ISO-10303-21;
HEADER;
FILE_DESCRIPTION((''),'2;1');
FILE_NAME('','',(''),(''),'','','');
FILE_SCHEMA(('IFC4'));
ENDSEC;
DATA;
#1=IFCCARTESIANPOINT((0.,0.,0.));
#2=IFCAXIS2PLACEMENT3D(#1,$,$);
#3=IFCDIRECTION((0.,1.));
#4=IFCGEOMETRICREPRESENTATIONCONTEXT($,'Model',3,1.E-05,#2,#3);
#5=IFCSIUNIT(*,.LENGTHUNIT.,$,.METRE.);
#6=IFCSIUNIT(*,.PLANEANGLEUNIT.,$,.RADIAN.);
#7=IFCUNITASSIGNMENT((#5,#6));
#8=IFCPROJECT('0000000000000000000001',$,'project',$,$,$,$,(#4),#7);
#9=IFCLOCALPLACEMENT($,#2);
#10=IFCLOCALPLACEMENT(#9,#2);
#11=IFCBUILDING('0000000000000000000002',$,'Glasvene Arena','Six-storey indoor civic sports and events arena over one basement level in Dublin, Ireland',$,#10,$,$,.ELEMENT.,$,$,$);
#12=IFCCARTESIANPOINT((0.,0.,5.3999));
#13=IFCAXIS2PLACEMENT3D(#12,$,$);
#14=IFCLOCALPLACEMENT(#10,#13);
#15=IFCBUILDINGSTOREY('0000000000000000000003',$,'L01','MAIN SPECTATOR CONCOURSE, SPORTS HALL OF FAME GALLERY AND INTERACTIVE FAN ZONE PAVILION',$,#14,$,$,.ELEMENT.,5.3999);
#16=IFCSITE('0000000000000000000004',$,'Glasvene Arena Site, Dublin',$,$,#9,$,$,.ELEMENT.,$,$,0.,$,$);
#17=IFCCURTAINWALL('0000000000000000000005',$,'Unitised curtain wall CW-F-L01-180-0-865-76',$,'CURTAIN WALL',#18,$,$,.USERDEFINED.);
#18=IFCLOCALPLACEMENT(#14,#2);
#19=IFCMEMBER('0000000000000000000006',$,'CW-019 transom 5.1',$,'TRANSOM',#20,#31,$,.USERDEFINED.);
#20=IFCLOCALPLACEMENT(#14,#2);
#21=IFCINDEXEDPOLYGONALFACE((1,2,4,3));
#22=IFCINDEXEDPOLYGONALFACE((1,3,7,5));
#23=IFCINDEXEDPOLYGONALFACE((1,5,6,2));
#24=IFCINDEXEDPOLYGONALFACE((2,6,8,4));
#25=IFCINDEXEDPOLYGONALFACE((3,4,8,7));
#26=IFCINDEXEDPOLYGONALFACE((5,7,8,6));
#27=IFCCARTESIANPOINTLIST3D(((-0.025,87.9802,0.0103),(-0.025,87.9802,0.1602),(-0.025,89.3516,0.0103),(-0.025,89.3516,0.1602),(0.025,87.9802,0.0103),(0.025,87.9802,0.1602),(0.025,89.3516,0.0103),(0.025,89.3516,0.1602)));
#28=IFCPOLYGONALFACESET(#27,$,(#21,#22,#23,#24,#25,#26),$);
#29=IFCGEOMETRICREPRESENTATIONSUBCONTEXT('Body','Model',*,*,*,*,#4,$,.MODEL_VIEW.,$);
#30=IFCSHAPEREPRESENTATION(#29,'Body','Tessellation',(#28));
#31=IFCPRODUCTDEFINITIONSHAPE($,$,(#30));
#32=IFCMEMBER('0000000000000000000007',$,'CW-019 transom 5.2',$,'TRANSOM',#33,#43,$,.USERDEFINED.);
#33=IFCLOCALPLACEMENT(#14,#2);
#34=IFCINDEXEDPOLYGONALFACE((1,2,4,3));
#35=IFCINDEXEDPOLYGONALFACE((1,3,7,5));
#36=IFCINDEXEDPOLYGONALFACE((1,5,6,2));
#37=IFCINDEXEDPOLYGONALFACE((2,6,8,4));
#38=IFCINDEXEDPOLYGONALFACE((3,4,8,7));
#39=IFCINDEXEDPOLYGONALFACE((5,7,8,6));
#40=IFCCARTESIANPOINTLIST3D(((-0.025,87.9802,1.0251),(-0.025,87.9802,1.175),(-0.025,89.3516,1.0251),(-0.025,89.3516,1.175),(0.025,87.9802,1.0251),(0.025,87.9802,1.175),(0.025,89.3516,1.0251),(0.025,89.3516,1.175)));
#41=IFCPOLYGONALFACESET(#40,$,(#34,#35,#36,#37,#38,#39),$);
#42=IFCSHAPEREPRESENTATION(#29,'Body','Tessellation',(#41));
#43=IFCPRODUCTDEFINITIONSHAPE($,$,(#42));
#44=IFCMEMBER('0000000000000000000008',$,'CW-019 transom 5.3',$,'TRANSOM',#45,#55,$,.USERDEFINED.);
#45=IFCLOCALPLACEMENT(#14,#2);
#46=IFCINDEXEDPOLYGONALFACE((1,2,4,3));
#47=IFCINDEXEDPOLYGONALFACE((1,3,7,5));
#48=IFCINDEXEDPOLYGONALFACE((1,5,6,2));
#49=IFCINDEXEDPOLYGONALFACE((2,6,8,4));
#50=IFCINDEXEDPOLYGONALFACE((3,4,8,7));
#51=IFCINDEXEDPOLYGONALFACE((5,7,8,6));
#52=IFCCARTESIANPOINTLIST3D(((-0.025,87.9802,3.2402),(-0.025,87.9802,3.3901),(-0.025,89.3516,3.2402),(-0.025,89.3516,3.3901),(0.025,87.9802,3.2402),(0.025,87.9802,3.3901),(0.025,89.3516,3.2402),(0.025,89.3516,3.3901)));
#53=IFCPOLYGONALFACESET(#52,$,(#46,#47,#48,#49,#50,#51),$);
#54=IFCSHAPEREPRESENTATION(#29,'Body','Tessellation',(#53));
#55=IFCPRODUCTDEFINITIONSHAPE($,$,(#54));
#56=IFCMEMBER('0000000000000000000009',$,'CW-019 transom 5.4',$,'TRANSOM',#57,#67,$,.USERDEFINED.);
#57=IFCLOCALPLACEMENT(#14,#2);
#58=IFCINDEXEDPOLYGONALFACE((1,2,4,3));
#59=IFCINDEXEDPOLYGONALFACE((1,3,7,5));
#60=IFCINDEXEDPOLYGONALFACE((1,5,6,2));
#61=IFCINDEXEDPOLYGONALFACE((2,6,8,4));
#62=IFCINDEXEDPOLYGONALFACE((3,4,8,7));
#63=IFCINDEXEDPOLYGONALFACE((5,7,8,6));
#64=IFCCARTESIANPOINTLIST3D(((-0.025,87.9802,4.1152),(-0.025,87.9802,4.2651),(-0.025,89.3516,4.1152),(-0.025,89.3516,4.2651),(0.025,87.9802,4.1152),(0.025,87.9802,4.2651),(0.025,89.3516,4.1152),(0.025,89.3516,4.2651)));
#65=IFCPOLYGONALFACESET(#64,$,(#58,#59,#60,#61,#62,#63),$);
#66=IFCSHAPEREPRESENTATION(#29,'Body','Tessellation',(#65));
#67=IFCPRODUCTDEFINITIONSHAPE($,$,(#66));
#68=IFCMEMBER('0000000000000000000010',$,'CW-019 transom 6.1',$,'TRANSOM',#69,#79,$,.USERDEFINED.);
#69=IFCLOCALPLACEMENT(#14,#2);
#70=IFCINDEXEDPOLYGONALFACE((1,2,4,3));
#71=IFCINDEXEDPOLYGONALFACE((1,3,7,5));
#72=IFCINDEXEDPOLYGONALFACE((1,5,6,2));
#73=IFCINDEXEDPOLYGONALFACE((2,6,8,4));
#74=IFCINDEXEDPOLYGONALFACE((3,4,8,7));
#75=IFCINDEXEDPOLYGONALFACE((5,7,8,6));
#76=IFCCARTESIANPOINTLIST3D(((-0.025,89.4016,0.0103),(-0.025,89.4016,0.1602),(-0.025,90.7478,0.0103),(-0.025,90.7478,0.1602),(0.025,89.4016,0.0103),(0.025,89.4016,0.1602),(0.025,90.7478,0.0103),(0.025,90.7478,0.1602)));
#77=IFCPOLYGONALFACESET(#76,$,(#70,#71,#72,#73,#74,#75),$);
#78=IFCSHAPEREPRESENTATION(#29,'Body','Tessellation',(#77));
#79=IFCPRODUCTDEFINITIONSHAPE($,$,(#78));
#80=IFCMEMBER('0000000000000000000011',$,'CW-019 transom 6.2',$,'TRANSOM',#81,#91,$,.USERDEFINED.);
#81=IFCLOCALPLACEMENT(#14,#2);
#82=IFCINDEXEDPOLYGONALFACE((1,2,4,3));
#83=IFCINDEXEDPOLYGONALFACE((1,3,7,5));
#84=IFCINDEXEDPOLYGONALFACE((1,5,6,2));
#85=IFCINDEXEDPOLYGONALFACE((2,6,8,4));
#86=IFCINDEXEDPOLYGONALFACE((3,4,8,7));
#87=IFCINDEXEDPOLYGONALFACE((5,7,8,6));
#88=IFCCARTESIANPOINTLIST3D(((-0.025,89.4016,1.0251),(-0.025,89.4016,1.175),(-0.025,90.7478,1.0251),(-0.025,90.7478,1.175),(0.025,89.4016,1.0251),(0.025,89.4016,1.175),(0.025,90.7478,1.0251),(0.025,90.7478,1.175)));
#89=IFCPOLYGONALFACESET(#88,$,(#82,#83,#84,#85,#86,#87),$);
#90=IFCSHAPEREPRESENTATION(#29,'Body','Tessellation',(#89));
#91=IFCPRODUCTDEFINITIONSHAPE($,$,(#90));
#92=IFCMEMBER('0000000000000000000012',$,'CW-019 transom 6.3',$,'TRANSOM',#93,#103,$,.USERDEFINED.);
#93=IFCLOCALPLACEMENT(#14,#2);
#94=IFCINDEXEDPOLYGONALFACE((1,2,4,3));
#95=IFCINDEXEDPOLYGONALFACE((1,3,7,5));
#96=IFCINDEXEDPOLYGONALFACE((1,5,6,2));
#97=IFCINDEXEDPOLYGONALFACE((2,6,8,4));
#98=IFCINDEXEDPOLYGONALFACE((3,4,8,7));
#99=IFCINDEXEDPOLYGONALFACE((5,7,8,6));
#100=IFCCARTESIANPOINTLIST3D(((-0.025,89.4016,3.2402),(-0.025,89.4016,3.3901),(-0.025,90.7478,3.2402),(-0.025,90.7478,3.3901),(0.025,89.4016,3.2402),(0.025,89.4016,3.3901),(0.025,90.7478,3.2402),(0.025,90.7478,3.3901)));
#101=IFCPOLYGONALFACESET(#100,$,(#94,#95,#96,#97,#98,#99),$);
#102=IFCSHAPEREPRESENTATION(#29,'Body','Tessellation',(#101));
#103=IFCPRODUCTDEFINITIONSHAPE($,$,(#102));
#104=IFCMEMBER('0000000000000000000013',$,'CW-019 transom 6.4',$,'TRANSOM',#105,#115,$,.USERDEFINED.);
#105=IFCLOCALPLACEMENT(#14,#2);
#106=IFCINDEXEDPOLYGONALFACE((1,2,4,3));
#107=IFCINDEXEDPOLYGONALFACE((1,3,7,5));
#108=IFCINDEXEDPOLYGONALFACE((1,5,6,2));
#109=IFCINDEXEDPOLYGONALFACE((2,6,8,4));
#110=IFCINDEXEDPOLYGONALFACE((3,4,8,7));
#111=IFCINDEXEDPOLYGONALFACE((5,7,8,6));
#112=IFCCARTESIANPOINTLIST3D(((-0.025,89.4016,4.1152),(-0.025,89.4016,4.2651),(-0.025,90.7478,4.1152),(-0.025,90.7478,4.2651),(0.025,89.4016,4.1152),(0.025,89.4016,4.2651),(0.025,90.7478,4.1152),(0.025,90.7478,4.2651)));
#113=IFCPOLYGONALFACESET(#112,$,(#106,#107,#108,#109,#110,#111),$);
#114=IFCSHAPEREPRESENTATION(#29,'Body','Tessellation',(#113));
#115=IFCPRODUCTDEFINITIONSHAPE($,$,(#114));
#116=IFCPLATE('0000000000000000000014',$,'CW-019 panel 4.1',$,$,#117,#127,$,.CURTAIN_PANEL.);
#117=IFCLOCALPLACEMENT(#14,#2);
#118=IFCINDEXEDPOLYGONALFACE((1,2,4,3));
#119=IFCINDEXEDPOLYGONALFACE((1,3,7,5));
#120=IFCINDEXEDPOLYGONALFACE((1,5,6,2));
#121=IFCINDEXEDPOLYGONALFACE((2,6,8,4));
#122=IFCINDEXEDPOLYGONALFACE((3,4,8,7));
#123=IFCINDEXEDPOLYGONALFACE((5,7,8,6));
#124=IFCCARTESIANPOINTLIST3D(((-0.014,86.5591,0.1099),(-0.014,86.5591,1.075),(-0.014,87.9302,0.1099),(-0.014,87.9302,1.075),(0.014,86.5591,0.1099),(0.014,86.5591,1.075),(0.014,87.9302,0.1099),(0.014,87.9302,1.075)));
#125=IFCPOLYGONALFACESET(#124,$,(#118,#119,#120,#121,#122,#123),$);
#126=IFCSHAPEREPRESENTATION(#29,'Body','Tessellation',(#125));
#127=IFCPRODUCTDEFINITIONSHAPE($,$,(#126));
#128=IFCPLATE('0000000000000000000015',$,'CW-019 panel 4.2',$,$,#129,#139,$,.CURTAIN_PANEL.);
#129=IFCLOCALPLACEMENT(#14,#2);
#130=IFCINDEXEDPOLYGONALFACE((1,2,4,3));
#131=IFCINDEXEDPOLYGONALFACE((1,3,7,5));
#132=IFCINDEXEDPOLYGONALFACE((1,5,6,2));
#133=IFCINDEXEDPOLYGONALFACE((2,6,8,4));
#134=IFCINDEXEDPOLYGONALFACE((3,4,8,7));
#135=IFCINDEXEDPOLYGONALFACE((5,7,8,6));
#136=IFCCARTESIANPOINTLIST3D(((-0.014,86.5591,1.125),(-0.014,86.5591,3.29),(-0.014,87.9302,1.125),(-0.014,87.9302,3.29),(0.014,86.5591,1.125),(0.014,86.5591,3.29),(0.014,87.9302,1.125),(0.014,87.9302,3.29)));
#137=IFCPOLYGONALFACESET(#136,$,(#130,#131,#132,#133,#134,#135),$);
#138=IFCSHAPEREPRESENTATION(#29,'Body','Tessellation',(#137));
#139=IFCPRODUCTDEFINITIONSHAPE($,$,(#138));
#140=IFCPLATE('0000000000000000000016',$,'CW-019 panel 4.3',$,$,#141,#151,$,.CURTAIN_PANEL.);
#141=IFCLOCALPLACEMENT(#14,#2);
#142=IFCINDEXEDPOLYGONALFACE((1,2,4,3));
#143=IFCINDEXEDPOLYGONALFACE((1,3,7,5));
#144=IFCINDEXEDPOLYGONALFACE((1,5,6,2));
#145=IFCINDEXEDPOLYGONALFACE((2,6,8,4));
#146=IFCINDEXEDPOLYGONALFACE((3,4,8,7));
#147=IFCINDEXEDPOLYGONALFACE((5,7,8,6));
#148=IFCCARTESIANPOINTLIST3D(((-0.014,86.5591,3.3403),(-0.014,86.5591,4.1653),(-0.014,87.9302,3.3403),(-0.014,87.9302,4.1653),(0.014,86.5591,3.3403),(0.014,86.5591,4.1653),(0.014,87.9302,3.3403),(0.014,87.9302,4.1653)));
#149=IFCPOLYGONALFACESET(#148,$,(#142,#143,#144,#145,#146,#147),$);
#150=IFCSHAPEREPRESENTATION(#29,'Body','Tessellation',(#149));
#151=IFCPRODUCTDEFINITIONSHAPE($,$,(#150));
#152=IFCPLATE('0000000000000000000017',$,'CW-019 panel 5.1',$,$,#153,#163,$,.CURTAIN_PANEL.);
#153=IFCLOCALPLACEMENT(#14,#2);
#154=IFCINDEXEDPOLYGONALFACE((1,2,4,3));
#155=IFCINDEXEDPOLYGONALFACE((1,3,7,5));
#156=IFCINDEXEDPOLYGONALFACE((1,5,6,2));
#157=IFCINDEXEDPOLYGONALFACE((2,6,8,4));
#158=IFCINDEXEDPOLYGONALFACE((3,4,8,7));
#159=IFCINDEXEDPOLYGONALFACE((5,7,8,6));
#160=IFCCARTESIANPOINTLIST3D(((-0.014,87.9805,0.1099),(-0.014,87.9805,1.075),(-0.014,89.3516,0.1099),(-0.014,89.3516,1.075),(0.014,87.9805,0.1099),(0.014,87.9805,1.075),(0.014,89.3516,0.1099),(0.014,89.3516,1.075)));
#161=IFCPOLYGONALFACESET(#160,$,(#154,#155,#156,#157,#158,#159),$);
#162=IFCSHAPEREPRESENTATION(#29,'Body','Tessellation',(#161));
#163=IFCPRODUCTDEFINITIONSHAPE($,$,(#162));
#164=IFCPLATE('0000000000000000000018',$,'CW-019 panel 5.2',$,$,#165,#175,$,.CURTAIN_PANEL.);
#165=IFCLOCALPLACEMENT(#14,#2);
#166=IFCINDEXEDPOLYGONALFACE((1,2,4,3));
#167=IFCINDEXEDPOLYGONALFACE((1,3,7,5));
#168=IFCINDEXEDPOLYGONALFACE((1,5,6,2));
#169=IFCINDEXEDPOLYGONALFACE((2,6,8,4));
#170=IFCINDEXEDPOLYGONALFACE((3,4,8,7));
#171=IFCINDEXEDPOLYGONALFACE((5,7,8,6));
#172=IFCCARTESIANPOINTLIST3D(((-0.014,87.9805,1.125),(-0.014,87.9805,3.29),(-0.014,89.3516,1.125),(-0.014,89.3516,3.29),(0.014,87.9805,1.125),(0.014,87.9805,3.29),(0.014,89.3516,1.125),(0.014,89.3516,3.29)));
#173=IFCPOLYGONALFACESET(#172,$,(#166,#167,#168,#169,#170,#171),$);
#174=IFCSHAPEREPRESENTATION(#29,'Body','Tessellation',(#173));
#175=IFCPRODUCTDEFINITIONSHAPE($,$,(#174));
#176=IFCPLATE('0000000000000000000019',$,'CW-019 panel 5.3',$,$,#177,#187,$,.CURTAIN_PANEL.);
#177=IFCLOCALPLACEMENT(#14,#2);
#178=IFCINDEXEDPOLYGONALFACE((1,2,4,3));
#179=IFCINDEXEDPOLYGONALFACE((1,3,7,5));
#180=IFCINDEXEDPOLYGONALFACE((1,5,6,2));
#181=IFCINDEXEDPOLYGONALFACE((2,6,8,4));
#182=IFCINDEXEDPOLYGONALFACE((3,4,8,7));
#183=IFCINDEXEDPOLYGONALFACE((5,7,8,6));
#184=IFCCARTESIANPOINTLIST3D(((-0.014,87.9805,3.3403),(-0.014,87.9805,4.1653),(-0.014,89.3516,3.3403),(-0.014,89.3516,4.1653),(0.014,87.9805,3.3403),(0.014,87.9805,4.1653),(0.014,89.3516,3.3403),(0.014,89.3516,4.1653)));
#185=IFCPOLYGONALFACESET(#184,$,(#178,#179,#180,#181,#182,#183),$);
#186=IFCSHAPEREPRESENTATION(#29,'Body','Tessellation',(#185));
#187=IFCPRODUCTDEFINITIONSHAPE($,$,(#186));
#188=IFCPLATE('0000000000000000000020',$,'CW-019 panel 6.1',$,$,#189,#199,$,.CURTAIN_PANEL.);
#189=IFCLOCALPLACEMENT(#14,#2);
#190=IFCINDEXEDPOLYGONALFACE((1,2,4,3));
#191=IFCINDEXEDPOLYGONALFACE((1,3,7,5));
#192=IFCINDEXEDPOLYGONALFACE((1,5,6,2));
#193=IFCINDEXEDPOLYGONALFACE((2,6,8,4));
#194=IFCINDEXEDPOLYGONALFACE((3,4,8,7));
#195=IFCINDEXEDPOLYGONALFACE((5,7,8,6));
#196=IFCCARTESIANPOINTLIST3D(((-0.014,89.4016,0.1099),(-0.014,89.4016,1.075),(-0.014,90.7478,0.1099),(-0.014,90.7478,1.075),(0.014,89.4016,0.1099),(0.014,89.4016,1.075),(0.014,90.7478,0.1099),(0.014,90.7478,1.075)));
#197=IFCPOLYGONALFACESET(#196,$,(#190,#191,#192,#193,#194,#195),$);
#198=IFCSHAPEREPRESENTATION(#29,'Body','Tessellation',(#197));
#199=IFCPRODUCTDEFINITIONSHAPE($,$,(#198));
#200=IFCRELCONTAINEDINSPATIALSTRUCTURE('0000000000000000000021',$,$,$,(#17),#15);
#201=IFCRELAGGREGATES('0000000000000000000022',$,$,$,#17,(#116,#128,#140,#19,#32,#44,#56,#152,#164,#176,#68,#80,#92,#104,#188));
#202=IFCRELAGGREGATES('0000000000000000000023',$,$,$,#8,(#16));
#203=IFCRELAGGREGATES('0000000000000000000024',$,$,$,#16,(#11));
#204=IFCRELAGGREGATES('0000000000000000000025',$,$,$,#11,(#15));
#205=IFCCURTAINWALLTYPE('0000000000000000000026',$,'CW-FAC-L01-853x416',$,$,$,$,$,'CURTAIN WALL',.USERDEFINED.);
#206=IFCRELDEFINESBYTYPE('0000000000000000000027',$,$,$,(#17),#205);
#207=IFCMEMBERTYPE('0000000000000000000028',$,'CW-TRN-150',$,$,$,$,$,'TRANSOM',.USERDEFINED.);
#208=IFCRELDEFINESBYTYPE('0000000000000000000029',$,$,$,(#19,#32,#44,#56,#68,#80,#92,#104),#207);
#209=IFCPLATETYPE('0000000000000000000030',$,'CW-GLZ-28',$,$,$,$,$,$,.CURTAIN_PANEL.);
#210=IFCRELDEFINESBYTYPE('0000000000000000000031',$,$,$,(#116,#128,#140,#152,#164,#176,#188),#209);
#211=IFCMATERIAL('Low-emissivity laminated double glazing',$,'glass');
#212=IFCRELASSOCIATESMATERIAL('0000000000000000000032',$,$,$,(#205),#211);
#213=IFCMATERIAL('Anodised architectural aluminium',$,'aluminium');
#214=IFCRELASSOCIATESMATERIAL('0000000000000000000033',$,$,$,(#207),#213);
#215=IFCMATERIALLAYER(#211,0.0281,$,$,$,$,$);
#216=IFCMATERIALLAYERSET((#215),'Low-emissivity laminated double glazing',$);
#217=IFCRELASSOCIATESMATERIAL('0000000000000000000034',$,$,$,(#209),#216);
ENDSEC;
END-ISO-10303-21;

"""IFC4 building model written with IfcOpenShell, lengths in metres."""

from ifc_helpers import new_model, si_unit, direction, frame, origin, origin_2d, place, context, subcontext, project, spatial, rectangle, extrude, material, layer, layer_set, material_profile, profile_set, type_object, element, aggregate, save


model = new_model("IFC4")

# Units and contexts
model_context = context("Model", 3, precision=1e-05, world=origin(), true_north=direction((0.0, 1.0)))
body_context = subcontext(model_context, "Body", "Model", "MODEL_VIEW")
ifc_project = project(units=[si_unit("LENGTHUNIT", "METRE"), si_unit("PLANEANGLEUNIT", "RADIAN")], contexts=[model_context])

# Site, building, storey
site_placement = place(None, origin())
site = spatial("IfcSite", under=ifc_project, at=site_placement, Name="Glasvene Arena Site, Dublin", CompositionType="ELEMENT", RefElevation=0.0)
building_placement = place(site_placement, origin())
building = spatial("IfcBuilding", under=site, at=building_placement, Name="Glasvene Arena", Description="Six-storey indoor civic sports and events arena over one basement level in Dublin, Ireland", CompositionType="ELEMENT")
storey_placement = place(building_placement, frame((0.0, 0.0, 5.3999)))
storey = spatial("IfcBuildingStorey", under=building, at=storey_placement, Name="L01", Description="MAIN SPECTATOR CONCOURSE, SPORTS HALL OF FAME GALLERY AND INTERACTIVE FAN ZONE PAVILION", CompositionType="ELEMENT", Elevation=5.3999)

# Curtain wall, members, plates
ifc_material_1 = material(Name="Low-emissivity laminated double glazing", Category="glass")
curtain_wall_type = type_object("IfcCurtainWallType", Name="CW-FAC-L01-853x416", ElementType="CURTAIN WALL", PredefinedType="USERDEFINED", material=ifc_material_1)
curtain_wall_placement = place(storey_placement, frame((0.0, 82.2705, 0.0)))
curtain_wall = element("IfcCurtainWall", 1, at=curtain_wall_placement, inside=storey, type_object=curtain_wall_type, Name="Unitised curtain wall CW-F-L01-180-0-865-76", ObjectType="CURTAIN WALL", PredefinedType="USERDEFINED")
ifc_material_2 = material(Name="Anodised architectural aluminium", Category="aluminium")
ifc_material_profile_1 = material_profile(ifc_material_2, rectangle(XDim=0.05, YDim=0.1499, at=origin_2d()), Name="ALU TRANSOM 50x150")
ifc_profile_set_1 = profile_set([ifc_material_profile_1], Name="Anodised architectural aluminium")
member_type_1 = type_object("IfcMemberType", Name="CW-TRN-150", ElementType="TRANSOM", PredefinedType="USERDEFINED", material=ifc_profile_set_1)
member_1_placement = place(storey_placement, frame((0.0, 87.9802, 0.0852), z_axis=(0.0, 1.0, 0.0), x_axis=(-1.0, 0.0, 0.0)))
member_1 = element("IfcMember", 2, at=member_1_placement, type_object=member_type_1, Name="CW-019 transom 5.1", ObjectType="TRANSOM", PredefinedType="USERDEFINED", context=body_context, shape_type="SweptSolid", body=[
    extrude(rectangle(XDim=0.05, YDim=0.1499, at=origin_2d()), origin(), (0.0, 0.0, 1.0), 1.3713),
])
member_2_placement = place(storey_placement, frame((0.0, 87.9802, 1.1001), z_axis=(0.0, 1.0, 0.0), x_axis=(-1.0, 0.0, 0.0)))
member_2 = element("IfcMember", 3, at=member_2_placement, type_object=member_type_1, Name="CW-019 transom 5.2", ObjectType="TRANSOM", PredefinedType="USERDEFINED", context=body_context, shape_type="SweptSolid", body=[
    extrude(rectangle(XDim=0.05, YDim=0.1499, at=origin_2d()), origin(), (0.0, 0.0, 1.0), 1.3713),
])
member_3_placement = place(storey_placement, frame((0.0, 87.9802, 3.3152), z_axis=(0.0, 1.0, 0.0), x_axis=(-1.0, 0.0, 0.0)))
member_3 = element("IfcMember", 4, at=member_3_placement, type_object=member_type_1, Name="CW-019 transom 5.3", ObjectType="TRANSOM", PredefinedType="USERDEFINED", context=body_context, shape_type="SweptSolid", body=[
    extrude(rectangle(XDim=0.05, YDim=0.1499, at=origin_2d()), origin(), (0.0, 0.0, 1.0), 1.3713),
])
member_4_placement = place(storey_placement, frame((0.0, 87.9802, 4.1902), z_axis=(0.0, 1.0, 0.0), x_axis=(-1.0, 0.0, 0.0)))
member_4 = element("IfcMember", 5, at=member_4_placement, type_object=member_type_1, Name="CW-019 transom 5.4", ObjectType="TRANSOM", PredefinedType="USERDEFINED", context=body_context, shape_type="SweptSolid", body=[
    extrude(rectangle(XDim=0.05, YDim=0.1499, at=origin_2d()), origin(), (0.0, 0.0, 1.0), 1.3713),
])
member_5_placement = place(storey_placement, frame((0.0, 89.4016, 0.0852), z_axis=(0.0, 1.0, 0.0), x_axis=(-1.0, 0.0, 0.0)))
member_5 = element("IfcMember", 6, at=member_5_placement, type_object=member_type_1, Name="CW-019 transom 6.1", ObjectType="TRANSOM", PredefinedType="USERDEFINED", context=body_context, shape_type="SweptSolid", body=[
    extrude(rectangle(XDim=0.05, YDim=0.1499, at=origin_2d()), origin(), (0.0, 0.0, 1.0), 1.3462),
])
member_6_placement = place(storey_placement, frame((0.0, 89.4016, 1.1001), z_axis=(0.0, 1.0, 0.0), x_axis=(-1.0, 0.0, 0.0)))
member_6 = element("IfcMember", 7, at=member_6_placement, type_object=member_type_1, Name="CW-019 transom 6.2", ObjectType="TRANSOM", PredefinedType="USERDEFINED", context=body_context, shape_type="SweptSolid", body=[
    extrude(rectangle(XDim=0.05, YDim=0.1499, at=origin_2d()), origin(), (0.0, 0.0, 1.0), 1.3462),
])
member_7_placement = place(storey_placement, frame((0.0, 89.4016, 3.3152), z_axis=(0.0, 1.0, 0.0), x_axis=(-1.0, 0.0, 0.0)))
member_7 = element("IfcMember", 8, at=member_7_placement, type_object=member_type_1, Name="CW-019 transom 6.3", ObjectType="TRANSOM", PredefinedType="USERDEFINED", context=body_context, shape_type="SweptSolid", body=[
    extrude(rectangle(XDim=0.05, YDim=0.1499, at=origin_2d()), origin(), (0.0, 0.0, 1.0), 1.3462),
])
member_8_placement = place(storey_placement, frame((0.0, 89.4016, 4.1902), z_axis=(0.0, 1.0, 0.0), x_axis=(-1.0, 0.0, 0.0)))
member_8 = element("IfcMember", 9, at=member_8_placement, type_object=member_type_1, Name="CW-019 transom 6.4", ObjectType="TRANSOM", PredefinedType="USERDEFINED", context=body_context, shape_type="SweptSolid", body=[
    extrude(rectangle(XDim=0.05, YDim=0.1499, at=origin_2d()), origin(), (0.0, 0.0, 1.0), 1.3462),
])
ifc_layer_1 = layer(ifc_material_1, 0.0281)
ifc_layer_set_1 = layer_set([ifc_layer_1], Name="Low-emissivity laminated double glazing")
plate_type = type_object("IfcPlateType", Name="CW-GLZ-28", PredefinedType="CURTAIN_PANEL", material=ifc_layer_set_1)
plate_1_placement = place(storey_placement, frame((0.0, 87.2446, 0.1099), z_axis=(0.0, 0.0, 1.0), x_axis=(0.0, 1.0, 0.0)))
plate_1 = element("IfcPlate", 10, at=plate_1_placement, type_object=plate_type, Name="CW-019 panel 4.1", PredefinedType="CURTAIN_PANEL", context=body_context, shape_type="SweptSolid", body=[
    extrude(rectangle(XDim=1.3711, YDim=0.0281, at=origin_2d()), origin(), (0.0, 0.0, 1.0), 0.9651),
])
plate_2_placement = place(storey_placement, frame((0.0, 87.2446, 1.125), z_axis=(0.0, 0.0, 1.0), x_axis=(0.0, 1.0, 0.0)))
plate_2 = element("IfcPlate", 11, at=plate_2_placement, type_object=plate_type, Name="CW-019 panel 4.2", PredefinedType="CURTAIN_PANEL", context=body_context, shape_type="SweptSolid", body=[
    extrude(rectangle(XDim=1.3711, YDim=0.0281, at=origin_2d()), origin(), (0.0, 0.0, 1.0), 2.165),
])
plate_3_placement = place(storey_placement, frame((0.0, 87.2446, 3.3403), z_axis=(0.0, 0.0, 1.0), x_axis=(0.0, 1.0, 0.0)))
plate_3 = element("IfcPlate", 12, at=plate_3_placement, type_object=plate_type, Name="CW-019 panel 4.3", PredefinedType="CURTAIN_PANEL", context=body_context, shape_type="SweptSolid", body=[
    extrude(rectangle(XDim=1.3711, YDim=0.0281, at=origin_2d()), origin(), (0.0, 0.0, 1.0), 0.825),
])
plate_4_placement = place(storey_placement, frame((0.0, 88.666, 0.1099), z_axis=(0.0, 0.0, 1.0), x_axis=(0.0, 1.0, 0.0)))
plate_4 = element("IfcPlate", 13, at=plate_4_placement, type_object=plate_type, Name="CW-019 panel 5.1", PredefinedType="CURTAIN_PANEL", context=body_context, shape_type="SweptSolid", body=[
    extrude(rectangle(XDim=1.3711, YDim=0.0281, at=origin_2d()), origin(), (0.0, 0.0, 1.0), 0.9651),
])
plate_5_placement = place(storey_placement, frame((0.0, 88.666, 1.125), z_axis=(0.0, 0.0, 1.0), x_axis=(0.0, 1.0, 0.0)))
plate_5 = element("IfcPlate", 14, at=plate_5_placement, type_object=plate_type, Name="CW-019 panel 5.2", PredefinedType="CURTAIN_PANEL", context=body_context, shape_type="SweptSolid", body=[
    extrude(rectangle(XDim=1.3711, YDim=0.0281, at=origin_2d()), origin(), (0.0, 0.0, 1.0), 2.165),
])
plate_6_placement = place(storey_placement, frame((0.0, 88.666, 3.3403), z_axis=(0.0, 0.0, 1.0), x_axis=(0.0, 1.0, 0.0)))
plate_6 = element("IfcPlate", 15, at=plate_6_placement, type_object=plate_type, Name="CW-019 panel 5.3", PredefinedType="CURTAIN_PANEL", context=body_context, shape_type="SweptSolid", body=[
    extrude(rectangle(XDim=1.3711, YDim=0.0281, at=origin_2d()), origin(), (0.0, 0.0, 1.0), 0.825),
])
plate_7_placement = place(storey_placement, frame((0.0, 90.0747, 0.1099), z_axis=(0.0, 0.0, 1.0), x_axis=(0.0, 1.0, 0.0)))
plate_7 = element("IfcPlate", 16, at=plate_7_placement, type_object=plate_type, Name="CW-019 panel 6.1", PredefinedType="CURTAIN_PANEL", context=body_context, shape_type="SweptSolid", body=[
    extrude(rectangle(XDim=1.3462, YDim=0.0281, at=origin_2d()), origin(), (0.0, 0.0, 1.0), 0.9651),
])
aggregate(curtain_wall, [plate_1, plate_2, plate_3, member_1, member_2, member_3, member_4, plate_4, plate_5, plate_6, member_5, member_6, member_7, member_8, plate_7])

save(model, "model.ifc")
